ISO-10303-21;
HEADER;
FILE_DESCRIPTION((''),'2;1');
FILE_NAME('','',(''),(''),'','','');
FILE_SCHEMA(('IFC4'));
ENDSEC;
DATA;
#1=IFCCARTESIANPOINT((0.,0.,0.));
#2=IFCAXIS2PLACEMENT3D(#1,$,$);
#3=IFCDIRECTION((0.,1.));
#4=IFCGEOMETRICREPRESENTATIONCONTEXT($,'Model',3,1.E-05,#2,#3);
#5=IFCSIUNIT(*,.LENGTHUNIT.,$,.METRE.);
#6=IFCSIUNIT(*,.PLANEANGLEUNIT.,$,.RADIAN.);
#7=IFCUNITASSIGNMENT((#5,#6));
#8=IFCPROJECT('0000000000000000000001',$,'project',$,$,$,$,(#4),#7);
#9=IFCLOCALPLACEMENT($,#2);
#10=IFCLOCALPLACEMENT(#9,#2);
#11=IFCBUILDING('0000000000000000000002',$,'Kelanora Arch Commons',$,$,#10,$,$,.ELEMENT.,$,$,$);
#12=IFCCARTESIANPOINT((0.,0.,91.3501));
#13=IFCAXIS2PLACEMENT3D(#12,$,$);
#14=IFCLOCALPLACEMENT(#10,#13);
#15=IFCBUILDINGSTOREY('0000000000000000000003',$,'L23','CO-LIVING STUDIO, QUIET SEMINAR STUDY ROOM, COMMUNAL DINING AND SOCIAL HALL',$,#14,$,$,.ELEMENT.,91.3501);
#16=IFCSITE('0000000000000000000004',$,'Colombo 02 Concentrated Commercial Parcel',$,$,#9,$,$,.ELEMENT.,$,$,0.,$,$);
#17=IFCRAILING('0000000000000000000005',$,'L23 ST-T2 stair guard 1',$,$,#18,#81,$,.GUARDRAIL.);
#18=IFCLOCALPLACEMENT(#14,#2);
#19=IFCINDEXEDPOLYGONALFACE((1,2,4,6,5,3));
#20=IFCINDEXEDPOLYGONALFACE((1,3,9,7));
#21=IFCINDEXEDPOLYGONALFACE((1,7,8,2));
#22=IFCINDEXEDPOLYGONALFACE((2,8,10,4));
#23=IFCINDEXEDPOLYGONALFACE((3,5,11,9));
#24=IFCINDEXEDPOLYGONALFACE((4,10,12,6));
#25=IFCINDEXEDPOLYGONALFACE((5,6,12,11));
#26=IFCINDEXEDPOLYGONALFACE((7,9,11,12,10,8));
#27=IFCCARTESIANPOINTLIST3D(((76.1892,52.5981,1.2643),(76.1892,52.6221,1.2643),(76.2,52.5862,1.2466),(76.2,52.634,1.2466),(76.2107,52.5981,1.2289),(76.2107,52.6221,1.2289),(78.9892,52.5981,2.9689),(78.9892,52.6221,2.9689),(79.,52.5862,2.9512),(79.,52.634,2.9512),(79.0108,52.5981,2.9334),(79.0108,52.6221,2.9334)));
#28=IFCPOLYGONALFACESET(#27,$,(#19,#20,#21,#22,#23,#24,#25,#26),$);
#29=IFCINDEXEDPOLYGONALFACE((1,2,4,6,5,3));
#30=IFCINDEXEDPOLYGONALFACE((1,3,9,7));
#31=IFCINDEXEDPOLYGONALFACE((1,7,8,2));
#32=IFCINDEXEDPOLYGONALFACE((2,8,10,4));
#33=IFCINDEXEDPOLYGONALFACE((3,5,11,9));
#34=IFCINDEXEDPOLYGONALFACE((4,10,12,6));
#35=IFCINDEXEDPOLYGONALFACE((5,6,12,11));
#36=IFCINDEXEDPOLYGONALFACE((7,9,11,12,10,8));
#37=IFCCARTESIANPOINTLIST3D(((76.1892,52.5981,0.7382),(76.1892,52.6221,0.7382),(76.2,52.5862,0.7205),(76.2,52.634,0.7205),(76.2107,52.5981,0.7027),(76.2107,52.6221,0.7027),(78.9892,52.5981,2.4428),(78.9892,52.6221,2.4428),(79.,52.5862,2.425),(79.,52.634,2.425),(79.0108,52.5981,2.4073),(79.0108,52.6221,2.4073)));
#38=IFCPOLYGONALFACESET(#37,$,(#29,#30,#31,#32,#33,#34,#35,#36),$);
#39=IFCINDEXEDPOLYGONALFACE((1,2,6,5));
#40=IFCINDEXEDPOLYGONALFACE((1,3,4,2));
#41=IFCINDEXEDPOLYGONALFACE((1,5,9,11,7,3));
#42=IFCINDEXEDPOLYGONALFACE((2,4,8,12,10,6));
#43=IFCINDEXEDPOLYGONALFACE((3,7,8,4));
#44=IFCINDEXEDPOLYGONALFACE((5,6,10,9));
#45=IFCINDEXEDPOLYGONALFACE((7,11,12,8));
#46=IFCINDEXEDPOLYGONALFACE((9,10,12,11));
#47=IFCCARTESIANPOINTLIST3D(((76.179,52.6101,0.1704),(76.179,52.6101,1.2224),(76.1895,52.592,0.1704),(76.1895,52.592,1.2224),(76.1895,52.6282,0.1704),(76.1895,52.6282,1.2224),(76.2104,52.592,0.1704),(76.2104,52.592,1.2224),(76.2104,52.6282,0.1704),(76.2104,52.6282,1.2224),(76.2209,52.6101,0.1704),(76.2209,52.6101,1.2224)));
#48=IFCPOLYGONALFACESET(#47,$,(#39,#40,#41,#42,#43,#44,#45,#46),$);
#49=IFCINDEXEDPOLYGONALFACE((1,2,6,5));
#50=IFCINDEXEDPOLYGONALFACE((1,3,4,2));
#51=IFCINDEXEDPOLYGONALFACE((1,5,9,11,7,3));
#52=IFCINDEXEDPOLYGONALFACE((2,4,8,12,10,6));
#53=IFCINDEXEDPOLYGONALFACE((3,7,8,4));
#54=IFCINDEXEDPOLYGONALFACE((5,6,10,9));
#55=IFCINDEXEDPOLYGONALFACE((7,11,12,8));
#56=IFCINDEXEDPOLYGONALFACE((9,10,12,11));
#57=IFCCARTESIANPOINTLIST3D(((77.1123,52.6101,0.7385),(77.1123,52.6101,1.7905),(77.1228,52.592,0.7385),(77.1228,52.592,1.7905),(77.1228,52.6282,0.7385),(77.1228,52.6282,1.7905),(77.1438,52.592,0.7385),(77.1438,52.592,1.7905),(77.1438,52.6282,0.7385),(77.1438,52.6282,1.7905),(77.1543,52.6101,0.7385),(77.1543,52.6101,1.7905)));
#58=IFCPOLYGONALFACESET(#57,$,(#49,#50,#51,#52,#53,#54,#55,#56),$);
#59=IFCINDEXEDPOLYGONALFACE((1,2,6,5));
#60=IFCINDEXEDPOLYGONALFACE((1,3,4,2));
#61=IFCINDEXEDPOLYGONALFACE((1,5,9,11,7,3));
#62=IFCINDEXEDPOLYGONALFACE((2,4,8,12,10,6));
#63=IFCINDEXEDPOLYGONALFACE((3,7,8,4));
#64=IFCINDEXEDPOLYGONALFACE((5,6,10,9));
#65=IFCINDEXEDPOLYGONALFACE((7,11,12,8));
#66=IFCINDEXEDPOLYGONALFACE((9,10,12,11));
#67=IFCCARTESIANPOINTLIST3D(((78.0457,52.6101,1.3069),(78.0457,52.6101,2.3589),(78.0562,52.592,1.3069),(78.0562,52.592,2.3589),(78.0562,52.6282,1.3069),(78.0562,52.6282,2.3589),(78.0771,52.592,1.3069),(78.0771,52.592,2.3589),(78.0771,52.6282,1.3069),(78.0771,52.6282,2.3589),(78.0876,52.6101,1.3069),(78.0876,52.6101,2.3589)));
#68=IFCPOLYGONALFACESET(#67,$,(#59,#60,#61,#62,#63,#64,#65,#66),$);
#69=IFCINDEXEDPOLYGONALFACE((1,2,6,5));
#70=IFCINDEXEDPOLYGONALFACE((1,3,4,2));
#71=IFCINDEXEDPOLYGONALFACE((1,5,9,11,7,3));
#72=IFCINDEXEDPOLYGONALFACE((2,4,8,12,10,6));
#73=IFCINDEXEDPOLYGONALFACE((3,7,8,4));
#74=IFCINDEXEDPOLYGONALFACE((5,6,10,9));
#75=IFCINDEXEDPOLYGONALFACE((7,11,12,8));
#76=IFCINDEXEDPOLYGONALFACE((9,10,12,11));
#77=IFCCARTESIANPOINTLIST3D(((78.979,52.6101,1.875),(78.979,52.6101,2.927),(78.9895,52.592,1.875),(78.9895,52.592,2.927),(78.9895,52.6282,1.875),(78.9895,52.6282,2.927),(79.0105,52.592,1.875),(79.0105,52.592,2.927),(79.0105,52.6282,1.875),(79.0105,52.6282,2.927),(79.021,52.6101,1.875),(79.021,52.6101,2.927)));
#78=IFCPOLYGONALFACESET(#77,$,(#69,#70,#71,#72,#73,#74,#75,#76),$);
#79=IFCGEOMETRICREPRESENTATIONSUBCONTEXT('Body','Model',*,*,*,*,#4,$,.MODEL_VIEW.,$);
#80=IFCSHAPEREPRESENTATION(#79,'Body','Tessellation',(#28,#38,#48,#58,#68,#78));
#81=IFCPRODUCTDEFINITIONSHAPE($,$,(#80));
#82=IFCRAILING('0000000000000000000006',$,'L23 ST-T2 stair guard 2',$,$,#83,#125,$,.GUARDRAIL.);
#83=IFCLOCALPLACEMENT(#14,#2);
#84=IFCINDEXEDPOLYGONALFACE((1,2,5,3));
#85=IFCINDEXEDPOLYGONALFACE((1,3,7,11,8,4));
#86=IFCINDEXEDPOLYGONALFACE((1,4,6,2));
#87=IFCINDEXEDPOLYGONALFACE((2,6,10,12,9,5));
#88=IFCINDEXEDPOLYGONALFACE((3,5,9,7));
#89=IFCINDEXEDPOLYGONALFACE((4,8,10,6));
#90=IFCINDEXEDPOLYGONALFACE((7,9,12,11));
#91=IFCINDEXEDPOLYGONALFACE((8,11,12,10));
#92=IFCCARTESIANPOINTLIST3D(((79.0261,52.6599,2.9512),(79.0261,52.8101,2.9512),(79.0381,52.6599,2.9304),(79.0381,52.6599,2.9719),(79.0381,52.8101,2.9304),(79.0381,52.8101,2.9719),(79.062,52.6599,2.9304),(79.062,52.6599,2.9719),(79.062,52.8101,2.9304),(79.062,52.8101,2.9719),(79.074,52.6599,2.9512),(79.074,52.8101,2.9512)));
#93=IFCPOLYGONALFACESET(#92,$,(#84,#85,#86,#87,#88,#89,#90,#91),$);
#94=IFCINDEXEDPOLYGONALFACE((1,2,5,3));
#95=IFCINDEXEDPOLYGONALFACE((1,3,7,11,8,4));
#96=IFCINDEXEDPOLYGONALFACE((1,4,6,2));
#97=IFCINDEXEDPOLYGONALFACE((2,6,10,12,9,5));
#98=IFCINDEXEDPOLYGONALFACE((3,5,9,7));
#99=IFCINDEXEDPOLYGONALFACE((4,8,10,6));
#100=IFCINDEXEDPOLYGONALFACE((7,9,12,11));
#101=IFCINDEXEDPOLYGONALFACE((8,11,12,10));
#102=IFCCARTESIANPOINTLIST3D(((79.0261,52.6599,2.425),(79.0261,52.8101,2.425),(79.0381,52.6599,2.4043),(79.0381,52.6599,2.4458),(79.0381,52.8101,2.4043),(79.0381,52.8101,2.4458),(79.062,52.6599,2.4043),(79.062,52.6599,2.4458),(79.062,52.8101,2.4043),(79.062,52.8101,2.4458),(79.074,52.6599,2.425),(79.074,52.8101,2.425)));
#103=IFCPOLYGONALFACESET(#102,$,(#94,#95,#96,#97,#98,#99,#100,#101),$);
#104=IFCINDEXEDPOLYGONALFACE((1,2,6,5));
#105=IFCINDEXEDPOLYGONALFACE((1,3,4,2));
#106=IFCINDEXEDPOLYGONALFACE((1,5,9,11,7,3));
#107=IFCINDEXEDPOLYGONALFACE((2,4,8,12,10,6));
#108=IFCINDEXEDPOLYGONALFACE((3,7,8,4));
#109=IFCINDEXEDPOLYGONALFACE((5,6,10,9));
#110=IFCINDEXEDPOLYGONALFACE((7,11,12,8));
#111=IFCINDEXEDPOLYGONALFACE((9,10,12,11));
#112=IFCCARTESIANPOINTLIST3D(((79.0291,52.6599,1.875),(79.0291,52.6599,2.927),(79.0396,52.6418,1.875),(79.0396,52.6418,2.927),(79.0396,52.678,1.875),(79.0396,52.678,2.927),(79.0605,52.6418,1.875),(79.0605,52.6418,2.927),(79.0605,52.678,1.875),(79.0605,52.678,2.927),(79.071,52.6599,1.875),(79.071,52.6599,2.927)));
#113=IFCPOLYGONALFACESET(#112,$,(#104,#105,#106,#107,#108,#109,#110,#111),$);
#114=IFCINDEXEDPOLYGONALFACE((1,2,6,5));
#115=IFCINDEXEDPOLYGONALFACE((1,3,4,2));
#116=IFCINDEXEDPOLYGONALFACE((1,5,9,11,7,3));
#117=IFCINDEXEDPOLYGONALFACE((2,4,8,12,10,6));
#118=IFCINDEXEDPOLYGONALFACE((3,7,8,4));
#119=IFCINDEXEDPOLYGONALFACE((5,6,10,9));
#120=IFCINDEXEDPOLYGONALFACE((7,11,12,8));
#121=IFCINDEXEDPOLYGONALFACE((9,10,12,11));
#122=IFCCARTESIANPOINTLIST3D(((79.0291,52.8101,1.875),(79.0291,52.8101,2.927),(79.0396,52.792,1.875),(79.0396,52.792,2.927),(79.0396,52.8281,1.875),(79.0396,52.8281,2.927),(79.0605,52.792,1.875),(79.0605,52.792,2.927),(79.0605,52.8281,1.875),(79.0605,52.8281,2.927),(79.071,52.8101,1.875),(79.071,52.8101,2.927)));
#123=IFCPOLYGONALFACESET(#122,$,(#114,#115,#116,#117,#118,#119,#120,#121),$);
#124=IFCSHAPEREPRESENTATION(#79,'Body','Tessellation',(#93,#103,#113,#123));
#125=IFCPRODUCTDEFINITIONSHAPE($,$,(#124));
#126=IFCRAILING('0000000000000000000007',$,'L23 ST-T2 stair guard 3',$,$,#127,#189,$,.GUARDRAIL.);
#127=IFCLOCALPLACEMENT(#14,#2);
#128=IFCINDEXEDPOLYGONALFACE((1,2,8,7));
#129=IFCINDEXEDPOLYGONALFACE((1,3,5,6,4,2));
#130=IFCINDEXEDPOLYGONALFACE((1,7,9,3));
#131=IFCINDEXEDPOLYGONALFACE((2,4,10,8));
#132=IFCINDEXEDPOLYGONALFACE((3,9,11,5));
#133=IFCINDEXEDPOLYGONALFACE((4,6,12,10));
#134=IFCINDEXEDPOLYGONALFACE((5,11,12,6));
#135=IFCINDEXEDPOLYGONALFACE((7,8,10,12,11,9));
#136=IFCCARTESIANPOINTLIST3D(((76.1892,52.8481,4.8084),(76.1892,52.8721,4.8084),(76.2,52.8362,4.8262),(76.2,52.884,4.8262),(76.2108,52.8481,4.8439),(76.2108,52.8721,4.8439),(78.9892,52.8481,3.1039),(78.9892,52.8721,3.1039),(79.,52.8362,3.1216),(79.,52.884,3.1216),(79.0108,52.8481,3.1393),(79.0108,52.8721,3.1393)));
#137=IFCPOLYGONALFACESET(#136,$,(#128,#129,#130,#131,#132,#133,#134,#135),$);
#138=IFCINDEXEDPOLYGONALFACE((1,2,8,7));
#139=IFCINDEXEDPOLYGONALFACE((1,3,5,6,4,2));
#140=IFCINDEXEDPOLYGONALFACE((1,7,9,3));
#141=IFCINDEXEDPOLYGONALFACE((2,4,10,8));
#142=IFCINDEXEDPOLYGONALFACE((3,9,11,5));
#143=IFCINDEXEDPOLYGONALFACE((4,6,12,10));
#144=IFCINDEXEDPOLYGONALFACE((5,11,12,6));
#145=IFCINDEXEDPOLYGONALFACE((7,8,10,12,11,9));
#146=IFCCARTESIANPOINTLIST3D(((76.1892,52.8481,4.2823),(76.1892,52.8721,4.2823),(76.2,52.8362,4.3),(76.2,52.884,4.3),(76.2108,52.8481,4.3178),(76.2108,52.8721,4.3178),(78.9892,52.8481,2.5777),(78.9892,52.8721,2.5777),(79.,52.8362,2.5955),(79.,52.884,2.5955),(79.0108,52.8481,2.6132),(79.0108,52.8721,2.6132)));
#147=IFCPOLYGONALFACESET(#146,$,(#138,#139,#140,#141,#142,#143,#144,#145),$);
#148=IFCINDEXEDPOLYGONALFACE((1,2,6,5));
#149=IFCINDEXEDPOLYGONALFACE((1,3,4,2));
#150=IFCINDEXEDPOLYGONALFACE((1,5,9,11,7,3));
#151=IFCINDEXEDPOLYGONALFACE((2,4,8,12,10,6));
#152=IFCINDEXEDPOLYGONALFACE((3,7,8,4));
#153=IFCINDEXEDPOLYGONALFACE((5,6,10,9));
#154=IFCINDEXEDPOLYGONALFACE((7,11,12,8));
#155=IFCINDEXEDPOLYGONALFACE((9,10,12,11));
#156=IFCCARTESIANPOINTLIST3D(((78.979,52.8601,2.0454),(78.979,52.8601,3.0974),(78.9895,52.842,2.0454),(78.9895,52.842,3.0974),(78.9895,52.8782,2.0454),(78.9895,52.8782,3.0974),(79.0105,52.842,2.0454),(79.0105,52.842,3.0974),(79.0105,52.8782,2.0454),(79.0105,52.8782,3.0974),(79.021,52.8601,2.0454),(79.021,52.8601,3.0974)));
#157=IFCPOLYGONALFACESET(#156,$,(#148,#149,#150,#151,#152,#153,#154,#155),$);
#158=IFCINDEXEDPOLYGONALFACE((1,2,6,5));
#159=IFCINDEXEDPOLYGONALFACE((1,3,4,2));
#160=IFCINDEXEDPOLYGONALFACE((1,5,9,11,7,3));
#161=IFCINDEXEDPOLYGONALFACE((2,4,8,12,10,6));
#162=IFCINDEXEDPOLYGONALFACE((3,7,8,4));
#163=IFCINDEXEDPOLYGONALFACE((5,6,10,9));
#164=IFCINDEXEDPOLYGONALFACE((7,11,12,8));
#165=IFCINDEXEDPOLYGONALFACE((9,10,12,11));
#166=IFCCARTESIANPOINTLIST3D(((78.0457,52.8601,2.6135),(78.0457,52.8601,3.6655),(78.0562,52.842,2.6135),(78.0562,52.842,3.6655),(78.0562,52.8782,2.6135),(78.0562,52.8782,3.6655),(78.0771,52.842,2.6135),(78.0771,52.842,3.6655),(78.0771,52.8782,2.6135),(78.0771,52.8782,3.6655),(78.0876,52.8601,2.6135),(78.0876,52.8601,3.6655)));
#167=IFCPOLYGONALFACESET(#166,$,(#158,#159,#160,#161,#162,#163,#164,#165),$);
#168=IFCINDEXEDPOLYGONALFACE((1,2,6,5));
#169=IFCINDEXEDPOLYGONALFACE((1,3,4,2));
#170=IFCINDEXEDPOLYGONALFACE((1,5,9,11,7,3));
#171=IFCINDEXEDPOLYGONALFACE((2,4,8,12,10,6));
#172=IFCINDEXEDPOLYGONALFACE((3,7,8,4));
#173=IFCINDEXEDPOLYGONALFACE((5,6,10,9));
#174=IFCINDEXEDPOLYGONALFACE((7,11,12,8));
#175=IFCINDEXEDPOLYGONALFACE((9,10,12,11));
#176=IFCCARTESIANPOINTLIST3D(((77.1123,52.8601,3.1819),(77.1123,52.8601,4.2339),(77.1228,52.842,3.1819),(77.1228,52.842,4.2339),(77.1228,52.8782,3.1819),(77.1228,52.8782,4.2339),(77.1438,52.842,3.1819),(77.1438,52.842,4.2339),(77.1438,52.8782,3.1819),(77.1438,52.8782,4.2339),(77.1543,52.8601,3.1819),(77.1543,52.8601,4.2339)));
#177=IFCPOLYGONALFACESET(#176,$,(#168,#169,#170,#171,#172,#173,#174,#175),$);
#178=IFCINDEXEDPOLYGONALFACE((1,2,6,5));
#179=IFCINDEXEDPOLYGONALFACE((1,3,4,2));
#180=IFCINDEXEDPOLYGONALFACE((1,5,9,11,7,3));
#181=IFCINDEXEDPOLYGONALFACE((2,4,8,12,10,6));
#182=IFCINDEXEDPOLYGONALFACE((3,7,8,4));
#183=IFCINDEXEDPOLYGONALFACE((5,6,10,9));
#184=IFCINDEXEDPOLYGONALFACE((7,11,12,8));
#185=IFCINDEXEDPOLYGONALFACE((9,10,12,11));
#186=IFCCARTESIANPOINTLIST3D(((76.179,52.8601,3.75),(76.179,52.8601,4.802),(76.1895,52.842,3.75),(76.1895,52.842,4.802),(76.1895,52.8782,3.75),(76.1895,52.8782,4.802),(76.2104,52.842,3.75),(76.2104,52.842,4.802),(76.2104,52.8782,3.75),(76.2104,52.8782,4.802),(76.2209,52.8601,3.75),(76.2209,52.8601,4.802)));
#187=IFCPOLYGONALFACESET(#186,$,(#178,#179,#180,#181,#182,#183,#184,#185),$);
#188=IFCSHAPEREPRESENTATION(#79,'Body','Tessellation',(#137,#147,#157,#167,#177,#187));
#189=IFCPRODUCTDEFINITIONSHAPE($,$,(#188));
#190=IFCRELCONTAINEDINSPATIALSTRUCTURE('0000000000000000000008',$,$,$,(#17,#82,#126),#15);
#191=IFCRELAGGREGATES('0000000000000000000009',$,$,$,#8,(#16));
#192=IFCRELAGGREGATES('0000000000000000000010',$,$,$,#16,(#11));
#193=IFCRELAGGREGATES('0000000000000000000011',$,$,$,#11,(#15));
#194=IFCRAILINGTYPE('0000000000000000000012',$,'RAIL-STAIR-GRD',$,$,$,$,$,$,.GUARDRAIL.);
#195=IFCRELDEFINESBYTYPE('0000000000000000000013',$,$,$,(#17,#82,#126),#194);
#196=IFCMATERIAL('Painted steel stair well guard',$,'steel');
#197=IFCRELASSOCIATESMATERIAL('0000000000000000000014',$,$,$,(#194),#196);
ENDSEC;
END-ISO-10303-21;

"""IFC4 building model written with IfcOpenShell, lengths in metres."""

from ifc_helpers import new_model, si_unit, direction, frame, origin, place, context, subcontext, project, spatial, polyline, outline, extrude, material, type_object, element, save


model = new_model("IFC4")

# Units and contexts
model_context = context("Model", 3, precision=1e-05, world=origin(), true_north=direction((0.0, 1.0)))
body_context = subcontext(model_context, "Body", "Model", "MODEL_VIEW")
ifc_project = project(units=[si_unit("LENGTHUNIT", "METRE"), si_unit("PLANEANGLEUNIT", "RADIAN")], contexts=[model_context])

# Site, building, storey
site_placement = place(None, origin())
site = spatial("IfcSite", under=ifc_project, at=site_placement, Name="Colombo 02 Concentrated Commercial Parcel", CompositionType="ELEMENT", RefElevation=0.0)
building_placement = place(site_placement, origin())
building = spatial("IfcBuilding", under=site, at=building_placement, Name="Kelanora Arch Commons", CompositionType="ELEMENT")
storey_placement = place(building_placement, frame((0.0, 0.0, 91.3501)))
storey = spatial("IfcBuildingStorey", under=building, at=storey_placement, Name="L23", Description="CO-LIVING STUDIO, QUIET SEMINAR STUDY ROOM, COMMUNAL DINING AND SOCIAL HALL", CompositionType="ELEMENT", Elevation=91.3501)

# Railings
ifc_material_1 = material(Name="Painted steel stair well guard", Category="steel")
railing_type_1 = type_object("IfcRailingType", Name="RAIL-STAIR-GRD", PredefinedType="GUARDRAIL", material=ifc_material_1)
railing_1_placement = place(storey_placement, frame((76.2, 52.6101, 0.1704)))
element("IfcRailing", 1, at=railing_1_placement, inside=storey, type_object=railing_type_1, Name="L23 ST-T2 stair guard 1", PredefinedType="GUARDRAIL", context=body_context, shape_type="SweptSolid", body=[
    extrude(outline(polyline([(0.0239, 0.0), (0.012, 0.0208), (-0.012, 0.0208), (-0.0239, 0.0), (-0.012, -0.0208), (0.012, -0.0208), (0.0239, 0.0)])), frame((0.0, 0.0, 1.0762), z_axis=(0.85417, 0.0, 0.519994), x_axis=(0.0, 1.0, 0.0)), (0.0, 0.0, 1.0), 3.2781),
    extrude(outline(polyline([(0.0239, 0.0), (0.012, 0.0208), (-0.012, 0.0208), (-0.0239, 0.0), (-0.012, -0.0208), (0.012, -0.0208), (0.0239, 0.0)])), frame((0.0, 0.0, 0.55), z_axis=(0.85417, 0.0, 0.519994), x_axis=(0.0, 1.0, 0.0)), (0.0, 0.0, 1.0), 3.2781),
    extrude(outline(polyline([(0.021, 0.0), (0.0105, 0.0181), (-0.0105, 0.0181), (-0.021, 0.0), (-0.0105, -0.0181), (0.0105, -0.0181), (0.021, 0.0)])), origin(), (0.0, 0.0, 1.0), 1.052),
    extrude(outline(polyline([(0.021, 0.0), (0.0105, 0.0181), (-0.0105, 0.0181), (-0.021, 0.0), (-0.0105, -0.0181), (0.0105, -0.0181), (0.021, 0.0)])), frame((0.9333, 0.0, 0.5681)), (0.0, 0.0, 1.0), 1.052),
    extrude(outline(polyline([(0.021, 0.0), (0.0105, 0.0181), (-0.0105, 0.0181), (-0.021, 0.0), (-0.0105, -0.0181), (0.0105, -0.0181), (0.021, 0.0)])), frame((1.8667, 0.0, 1.1365)), (0.0, 0.0, 1.0), 1.052),
    extrude(outline(polyline([(0.021, 0.0), (0.0105, 0.0181), (-0.0105, 0.0181), (-0.021, 0.0), (-0.0105, -0.0181), (0.0105, -0.0181), (0.021, 0.0)])), frame((2.8, 0.0, 1.7046)), (0.0, 0.0, 1.0), 1.052),
])
railing_2_placement = place(storey_placement, frame((79.05, 52.6599, 1.875)))
element("IfcRailing", 2, at=railing_2_placement, inside=storey, type_object=railing_type_1, Name="L23 ST-T2 stair guard 2", PredefinedType="GUARDRAIL", context=body_context, shape_type="SweptSolid", body=[
    extrude(outline(polyline([(0.0239, 0.0), (0.012, 0.0208), (-0.012, 0.0208), (-0.0239, 0.0), (-0.012, -0.0208), (0.012, -0.0208), (0.0239, 0.0)])), frame((0.0, 0.0, 1.0762), z_axis=(0.0, 1.0, 0.0), x_axis=(-1.0, 0.0, 0.0)), (0.0, 0.0, 1.0), 0.1501),
    extrude(outline(polyline([(0.0239, 0.0), (0.012, 0.0208), (-0.012, 0.0208), (-0.0239, 0.0), (-0.012, -0.0208), (0.012, -0.0208), (0.0239, 0.0)])), frame((0.0, 0.0, 0.55), z_axis=(0.0, 1.0, 0.0), x_axis=(-1.0, 0.0, 0.0)), (0.0, 0.0, 1.0), 0.1501),
    extrude(outline(polyline([(0.021, 0.0), (0.0105, 0.0181), (-0.0105, 0.0181), (-0.021, 0.0), (-0.0105, -0.0181), (0.0105, -0.0181), (0.021, 0.0)])), origin(), (0.0, 0.0, 1.0), 1.052),
    extrude(outline(polyline([(0.021, 0.0), (0.0105, 0.0181), (-0.0105, 0.0181), (-0.021, 0.0), (-0.0105, -0.0181), (0.0105, -0.0181), (0.021, 0.0)])), frame((0.0, 0.1501, 0.0)), (0.0, 0.0, 1.0), 1.052),
])
railing_3_placement = place(storey_placement, frame((79.0, 52.8601, 2.0454)))
element("IfcRailing", 3, at=railing_3_placement, inside=storey, type_object=railing_type_1, Name="L23 ST-T2 stair guard 3", PredefinedType="GUARDRAIL", context=body_context, shape_type="SweptSolid", body=[
    extrude(outline(polyline([(0.0239, 0.0), (0.012, 0.0208), (-0.012, 0.0208), (-0.0239, 0.0), (-0.012, -0.0208), (0.012, -0.0208), (0.0239, 0.0)])), frame((0.0, 0.0, 1.0762), z_axis=(-0.85417, 0.0, 0.519994), x_axis=(0.0, -1.0, 0.0)), (0.0, 0.0, 1.0), 3.2781),
    extrude(outline(polyline([(0.0239, 0.0), (0.012, 0.0208), (-0.012, 0.0208), (-0.0239, 0.0), (-0.012, -0.0208), (0.012, -0.0208), (0.0239, 0.0)])), frame((0.0, 0.0, 0.55), z_axis=(-0.85417, 0.0, 0.519994), x_axis=(0.0, -1.0, 0.0)), (0.0, 0.0, 1.0), 3.2781),
    extrude(outline(polyline([(0.021, 0.0), (0.0105, 0.0181), (-0.0105, 0.0181), (-0.021, 0.0), (-0.0105, -0.0181), (0.0105, -0.0181), (0.021, 0.0)])), origin(), (0.0, 0.0, 1.0), 1.052),
    extrude(outline(polyline([(0.021, 0.0), (0.0105, 0.0181), (-0.0105, 0.0181), (-0.021, 0.0), (-0.0105, -0.0181), (0.0105, -0.0181), (0.021, 0.0)])), frame((-0.9333, 0.0, 0.5681)), (0.0, 0.0, 1.0), 1.052),
    extrude(outline(polyline([(0.021, 0.0), (0.0105, 0.0181), (-0.0105, 0.0181), (-0.021, 0.0), (-0.0105, -0.0181), (0.0105, -0.0181), (0.021, 0.0)])), frame((-1.8667, 0.0, 1.1365)), (0.0, 0.0, 1.0), 1.052),
    extrude(outline(polyline([(0.021, 0.0), (0.0105, 0.0181), (-0.0105, 0.0181), (-0.021, 0.0), (-0.0105, -0.0181), (0.0105, -0.0181), (0.021, 0.0)])), frame((-2.8, 0.0, 1.7046)), (0.0, 0.0, 1.0), 1.052),
])

save(model, "model.ifc")
